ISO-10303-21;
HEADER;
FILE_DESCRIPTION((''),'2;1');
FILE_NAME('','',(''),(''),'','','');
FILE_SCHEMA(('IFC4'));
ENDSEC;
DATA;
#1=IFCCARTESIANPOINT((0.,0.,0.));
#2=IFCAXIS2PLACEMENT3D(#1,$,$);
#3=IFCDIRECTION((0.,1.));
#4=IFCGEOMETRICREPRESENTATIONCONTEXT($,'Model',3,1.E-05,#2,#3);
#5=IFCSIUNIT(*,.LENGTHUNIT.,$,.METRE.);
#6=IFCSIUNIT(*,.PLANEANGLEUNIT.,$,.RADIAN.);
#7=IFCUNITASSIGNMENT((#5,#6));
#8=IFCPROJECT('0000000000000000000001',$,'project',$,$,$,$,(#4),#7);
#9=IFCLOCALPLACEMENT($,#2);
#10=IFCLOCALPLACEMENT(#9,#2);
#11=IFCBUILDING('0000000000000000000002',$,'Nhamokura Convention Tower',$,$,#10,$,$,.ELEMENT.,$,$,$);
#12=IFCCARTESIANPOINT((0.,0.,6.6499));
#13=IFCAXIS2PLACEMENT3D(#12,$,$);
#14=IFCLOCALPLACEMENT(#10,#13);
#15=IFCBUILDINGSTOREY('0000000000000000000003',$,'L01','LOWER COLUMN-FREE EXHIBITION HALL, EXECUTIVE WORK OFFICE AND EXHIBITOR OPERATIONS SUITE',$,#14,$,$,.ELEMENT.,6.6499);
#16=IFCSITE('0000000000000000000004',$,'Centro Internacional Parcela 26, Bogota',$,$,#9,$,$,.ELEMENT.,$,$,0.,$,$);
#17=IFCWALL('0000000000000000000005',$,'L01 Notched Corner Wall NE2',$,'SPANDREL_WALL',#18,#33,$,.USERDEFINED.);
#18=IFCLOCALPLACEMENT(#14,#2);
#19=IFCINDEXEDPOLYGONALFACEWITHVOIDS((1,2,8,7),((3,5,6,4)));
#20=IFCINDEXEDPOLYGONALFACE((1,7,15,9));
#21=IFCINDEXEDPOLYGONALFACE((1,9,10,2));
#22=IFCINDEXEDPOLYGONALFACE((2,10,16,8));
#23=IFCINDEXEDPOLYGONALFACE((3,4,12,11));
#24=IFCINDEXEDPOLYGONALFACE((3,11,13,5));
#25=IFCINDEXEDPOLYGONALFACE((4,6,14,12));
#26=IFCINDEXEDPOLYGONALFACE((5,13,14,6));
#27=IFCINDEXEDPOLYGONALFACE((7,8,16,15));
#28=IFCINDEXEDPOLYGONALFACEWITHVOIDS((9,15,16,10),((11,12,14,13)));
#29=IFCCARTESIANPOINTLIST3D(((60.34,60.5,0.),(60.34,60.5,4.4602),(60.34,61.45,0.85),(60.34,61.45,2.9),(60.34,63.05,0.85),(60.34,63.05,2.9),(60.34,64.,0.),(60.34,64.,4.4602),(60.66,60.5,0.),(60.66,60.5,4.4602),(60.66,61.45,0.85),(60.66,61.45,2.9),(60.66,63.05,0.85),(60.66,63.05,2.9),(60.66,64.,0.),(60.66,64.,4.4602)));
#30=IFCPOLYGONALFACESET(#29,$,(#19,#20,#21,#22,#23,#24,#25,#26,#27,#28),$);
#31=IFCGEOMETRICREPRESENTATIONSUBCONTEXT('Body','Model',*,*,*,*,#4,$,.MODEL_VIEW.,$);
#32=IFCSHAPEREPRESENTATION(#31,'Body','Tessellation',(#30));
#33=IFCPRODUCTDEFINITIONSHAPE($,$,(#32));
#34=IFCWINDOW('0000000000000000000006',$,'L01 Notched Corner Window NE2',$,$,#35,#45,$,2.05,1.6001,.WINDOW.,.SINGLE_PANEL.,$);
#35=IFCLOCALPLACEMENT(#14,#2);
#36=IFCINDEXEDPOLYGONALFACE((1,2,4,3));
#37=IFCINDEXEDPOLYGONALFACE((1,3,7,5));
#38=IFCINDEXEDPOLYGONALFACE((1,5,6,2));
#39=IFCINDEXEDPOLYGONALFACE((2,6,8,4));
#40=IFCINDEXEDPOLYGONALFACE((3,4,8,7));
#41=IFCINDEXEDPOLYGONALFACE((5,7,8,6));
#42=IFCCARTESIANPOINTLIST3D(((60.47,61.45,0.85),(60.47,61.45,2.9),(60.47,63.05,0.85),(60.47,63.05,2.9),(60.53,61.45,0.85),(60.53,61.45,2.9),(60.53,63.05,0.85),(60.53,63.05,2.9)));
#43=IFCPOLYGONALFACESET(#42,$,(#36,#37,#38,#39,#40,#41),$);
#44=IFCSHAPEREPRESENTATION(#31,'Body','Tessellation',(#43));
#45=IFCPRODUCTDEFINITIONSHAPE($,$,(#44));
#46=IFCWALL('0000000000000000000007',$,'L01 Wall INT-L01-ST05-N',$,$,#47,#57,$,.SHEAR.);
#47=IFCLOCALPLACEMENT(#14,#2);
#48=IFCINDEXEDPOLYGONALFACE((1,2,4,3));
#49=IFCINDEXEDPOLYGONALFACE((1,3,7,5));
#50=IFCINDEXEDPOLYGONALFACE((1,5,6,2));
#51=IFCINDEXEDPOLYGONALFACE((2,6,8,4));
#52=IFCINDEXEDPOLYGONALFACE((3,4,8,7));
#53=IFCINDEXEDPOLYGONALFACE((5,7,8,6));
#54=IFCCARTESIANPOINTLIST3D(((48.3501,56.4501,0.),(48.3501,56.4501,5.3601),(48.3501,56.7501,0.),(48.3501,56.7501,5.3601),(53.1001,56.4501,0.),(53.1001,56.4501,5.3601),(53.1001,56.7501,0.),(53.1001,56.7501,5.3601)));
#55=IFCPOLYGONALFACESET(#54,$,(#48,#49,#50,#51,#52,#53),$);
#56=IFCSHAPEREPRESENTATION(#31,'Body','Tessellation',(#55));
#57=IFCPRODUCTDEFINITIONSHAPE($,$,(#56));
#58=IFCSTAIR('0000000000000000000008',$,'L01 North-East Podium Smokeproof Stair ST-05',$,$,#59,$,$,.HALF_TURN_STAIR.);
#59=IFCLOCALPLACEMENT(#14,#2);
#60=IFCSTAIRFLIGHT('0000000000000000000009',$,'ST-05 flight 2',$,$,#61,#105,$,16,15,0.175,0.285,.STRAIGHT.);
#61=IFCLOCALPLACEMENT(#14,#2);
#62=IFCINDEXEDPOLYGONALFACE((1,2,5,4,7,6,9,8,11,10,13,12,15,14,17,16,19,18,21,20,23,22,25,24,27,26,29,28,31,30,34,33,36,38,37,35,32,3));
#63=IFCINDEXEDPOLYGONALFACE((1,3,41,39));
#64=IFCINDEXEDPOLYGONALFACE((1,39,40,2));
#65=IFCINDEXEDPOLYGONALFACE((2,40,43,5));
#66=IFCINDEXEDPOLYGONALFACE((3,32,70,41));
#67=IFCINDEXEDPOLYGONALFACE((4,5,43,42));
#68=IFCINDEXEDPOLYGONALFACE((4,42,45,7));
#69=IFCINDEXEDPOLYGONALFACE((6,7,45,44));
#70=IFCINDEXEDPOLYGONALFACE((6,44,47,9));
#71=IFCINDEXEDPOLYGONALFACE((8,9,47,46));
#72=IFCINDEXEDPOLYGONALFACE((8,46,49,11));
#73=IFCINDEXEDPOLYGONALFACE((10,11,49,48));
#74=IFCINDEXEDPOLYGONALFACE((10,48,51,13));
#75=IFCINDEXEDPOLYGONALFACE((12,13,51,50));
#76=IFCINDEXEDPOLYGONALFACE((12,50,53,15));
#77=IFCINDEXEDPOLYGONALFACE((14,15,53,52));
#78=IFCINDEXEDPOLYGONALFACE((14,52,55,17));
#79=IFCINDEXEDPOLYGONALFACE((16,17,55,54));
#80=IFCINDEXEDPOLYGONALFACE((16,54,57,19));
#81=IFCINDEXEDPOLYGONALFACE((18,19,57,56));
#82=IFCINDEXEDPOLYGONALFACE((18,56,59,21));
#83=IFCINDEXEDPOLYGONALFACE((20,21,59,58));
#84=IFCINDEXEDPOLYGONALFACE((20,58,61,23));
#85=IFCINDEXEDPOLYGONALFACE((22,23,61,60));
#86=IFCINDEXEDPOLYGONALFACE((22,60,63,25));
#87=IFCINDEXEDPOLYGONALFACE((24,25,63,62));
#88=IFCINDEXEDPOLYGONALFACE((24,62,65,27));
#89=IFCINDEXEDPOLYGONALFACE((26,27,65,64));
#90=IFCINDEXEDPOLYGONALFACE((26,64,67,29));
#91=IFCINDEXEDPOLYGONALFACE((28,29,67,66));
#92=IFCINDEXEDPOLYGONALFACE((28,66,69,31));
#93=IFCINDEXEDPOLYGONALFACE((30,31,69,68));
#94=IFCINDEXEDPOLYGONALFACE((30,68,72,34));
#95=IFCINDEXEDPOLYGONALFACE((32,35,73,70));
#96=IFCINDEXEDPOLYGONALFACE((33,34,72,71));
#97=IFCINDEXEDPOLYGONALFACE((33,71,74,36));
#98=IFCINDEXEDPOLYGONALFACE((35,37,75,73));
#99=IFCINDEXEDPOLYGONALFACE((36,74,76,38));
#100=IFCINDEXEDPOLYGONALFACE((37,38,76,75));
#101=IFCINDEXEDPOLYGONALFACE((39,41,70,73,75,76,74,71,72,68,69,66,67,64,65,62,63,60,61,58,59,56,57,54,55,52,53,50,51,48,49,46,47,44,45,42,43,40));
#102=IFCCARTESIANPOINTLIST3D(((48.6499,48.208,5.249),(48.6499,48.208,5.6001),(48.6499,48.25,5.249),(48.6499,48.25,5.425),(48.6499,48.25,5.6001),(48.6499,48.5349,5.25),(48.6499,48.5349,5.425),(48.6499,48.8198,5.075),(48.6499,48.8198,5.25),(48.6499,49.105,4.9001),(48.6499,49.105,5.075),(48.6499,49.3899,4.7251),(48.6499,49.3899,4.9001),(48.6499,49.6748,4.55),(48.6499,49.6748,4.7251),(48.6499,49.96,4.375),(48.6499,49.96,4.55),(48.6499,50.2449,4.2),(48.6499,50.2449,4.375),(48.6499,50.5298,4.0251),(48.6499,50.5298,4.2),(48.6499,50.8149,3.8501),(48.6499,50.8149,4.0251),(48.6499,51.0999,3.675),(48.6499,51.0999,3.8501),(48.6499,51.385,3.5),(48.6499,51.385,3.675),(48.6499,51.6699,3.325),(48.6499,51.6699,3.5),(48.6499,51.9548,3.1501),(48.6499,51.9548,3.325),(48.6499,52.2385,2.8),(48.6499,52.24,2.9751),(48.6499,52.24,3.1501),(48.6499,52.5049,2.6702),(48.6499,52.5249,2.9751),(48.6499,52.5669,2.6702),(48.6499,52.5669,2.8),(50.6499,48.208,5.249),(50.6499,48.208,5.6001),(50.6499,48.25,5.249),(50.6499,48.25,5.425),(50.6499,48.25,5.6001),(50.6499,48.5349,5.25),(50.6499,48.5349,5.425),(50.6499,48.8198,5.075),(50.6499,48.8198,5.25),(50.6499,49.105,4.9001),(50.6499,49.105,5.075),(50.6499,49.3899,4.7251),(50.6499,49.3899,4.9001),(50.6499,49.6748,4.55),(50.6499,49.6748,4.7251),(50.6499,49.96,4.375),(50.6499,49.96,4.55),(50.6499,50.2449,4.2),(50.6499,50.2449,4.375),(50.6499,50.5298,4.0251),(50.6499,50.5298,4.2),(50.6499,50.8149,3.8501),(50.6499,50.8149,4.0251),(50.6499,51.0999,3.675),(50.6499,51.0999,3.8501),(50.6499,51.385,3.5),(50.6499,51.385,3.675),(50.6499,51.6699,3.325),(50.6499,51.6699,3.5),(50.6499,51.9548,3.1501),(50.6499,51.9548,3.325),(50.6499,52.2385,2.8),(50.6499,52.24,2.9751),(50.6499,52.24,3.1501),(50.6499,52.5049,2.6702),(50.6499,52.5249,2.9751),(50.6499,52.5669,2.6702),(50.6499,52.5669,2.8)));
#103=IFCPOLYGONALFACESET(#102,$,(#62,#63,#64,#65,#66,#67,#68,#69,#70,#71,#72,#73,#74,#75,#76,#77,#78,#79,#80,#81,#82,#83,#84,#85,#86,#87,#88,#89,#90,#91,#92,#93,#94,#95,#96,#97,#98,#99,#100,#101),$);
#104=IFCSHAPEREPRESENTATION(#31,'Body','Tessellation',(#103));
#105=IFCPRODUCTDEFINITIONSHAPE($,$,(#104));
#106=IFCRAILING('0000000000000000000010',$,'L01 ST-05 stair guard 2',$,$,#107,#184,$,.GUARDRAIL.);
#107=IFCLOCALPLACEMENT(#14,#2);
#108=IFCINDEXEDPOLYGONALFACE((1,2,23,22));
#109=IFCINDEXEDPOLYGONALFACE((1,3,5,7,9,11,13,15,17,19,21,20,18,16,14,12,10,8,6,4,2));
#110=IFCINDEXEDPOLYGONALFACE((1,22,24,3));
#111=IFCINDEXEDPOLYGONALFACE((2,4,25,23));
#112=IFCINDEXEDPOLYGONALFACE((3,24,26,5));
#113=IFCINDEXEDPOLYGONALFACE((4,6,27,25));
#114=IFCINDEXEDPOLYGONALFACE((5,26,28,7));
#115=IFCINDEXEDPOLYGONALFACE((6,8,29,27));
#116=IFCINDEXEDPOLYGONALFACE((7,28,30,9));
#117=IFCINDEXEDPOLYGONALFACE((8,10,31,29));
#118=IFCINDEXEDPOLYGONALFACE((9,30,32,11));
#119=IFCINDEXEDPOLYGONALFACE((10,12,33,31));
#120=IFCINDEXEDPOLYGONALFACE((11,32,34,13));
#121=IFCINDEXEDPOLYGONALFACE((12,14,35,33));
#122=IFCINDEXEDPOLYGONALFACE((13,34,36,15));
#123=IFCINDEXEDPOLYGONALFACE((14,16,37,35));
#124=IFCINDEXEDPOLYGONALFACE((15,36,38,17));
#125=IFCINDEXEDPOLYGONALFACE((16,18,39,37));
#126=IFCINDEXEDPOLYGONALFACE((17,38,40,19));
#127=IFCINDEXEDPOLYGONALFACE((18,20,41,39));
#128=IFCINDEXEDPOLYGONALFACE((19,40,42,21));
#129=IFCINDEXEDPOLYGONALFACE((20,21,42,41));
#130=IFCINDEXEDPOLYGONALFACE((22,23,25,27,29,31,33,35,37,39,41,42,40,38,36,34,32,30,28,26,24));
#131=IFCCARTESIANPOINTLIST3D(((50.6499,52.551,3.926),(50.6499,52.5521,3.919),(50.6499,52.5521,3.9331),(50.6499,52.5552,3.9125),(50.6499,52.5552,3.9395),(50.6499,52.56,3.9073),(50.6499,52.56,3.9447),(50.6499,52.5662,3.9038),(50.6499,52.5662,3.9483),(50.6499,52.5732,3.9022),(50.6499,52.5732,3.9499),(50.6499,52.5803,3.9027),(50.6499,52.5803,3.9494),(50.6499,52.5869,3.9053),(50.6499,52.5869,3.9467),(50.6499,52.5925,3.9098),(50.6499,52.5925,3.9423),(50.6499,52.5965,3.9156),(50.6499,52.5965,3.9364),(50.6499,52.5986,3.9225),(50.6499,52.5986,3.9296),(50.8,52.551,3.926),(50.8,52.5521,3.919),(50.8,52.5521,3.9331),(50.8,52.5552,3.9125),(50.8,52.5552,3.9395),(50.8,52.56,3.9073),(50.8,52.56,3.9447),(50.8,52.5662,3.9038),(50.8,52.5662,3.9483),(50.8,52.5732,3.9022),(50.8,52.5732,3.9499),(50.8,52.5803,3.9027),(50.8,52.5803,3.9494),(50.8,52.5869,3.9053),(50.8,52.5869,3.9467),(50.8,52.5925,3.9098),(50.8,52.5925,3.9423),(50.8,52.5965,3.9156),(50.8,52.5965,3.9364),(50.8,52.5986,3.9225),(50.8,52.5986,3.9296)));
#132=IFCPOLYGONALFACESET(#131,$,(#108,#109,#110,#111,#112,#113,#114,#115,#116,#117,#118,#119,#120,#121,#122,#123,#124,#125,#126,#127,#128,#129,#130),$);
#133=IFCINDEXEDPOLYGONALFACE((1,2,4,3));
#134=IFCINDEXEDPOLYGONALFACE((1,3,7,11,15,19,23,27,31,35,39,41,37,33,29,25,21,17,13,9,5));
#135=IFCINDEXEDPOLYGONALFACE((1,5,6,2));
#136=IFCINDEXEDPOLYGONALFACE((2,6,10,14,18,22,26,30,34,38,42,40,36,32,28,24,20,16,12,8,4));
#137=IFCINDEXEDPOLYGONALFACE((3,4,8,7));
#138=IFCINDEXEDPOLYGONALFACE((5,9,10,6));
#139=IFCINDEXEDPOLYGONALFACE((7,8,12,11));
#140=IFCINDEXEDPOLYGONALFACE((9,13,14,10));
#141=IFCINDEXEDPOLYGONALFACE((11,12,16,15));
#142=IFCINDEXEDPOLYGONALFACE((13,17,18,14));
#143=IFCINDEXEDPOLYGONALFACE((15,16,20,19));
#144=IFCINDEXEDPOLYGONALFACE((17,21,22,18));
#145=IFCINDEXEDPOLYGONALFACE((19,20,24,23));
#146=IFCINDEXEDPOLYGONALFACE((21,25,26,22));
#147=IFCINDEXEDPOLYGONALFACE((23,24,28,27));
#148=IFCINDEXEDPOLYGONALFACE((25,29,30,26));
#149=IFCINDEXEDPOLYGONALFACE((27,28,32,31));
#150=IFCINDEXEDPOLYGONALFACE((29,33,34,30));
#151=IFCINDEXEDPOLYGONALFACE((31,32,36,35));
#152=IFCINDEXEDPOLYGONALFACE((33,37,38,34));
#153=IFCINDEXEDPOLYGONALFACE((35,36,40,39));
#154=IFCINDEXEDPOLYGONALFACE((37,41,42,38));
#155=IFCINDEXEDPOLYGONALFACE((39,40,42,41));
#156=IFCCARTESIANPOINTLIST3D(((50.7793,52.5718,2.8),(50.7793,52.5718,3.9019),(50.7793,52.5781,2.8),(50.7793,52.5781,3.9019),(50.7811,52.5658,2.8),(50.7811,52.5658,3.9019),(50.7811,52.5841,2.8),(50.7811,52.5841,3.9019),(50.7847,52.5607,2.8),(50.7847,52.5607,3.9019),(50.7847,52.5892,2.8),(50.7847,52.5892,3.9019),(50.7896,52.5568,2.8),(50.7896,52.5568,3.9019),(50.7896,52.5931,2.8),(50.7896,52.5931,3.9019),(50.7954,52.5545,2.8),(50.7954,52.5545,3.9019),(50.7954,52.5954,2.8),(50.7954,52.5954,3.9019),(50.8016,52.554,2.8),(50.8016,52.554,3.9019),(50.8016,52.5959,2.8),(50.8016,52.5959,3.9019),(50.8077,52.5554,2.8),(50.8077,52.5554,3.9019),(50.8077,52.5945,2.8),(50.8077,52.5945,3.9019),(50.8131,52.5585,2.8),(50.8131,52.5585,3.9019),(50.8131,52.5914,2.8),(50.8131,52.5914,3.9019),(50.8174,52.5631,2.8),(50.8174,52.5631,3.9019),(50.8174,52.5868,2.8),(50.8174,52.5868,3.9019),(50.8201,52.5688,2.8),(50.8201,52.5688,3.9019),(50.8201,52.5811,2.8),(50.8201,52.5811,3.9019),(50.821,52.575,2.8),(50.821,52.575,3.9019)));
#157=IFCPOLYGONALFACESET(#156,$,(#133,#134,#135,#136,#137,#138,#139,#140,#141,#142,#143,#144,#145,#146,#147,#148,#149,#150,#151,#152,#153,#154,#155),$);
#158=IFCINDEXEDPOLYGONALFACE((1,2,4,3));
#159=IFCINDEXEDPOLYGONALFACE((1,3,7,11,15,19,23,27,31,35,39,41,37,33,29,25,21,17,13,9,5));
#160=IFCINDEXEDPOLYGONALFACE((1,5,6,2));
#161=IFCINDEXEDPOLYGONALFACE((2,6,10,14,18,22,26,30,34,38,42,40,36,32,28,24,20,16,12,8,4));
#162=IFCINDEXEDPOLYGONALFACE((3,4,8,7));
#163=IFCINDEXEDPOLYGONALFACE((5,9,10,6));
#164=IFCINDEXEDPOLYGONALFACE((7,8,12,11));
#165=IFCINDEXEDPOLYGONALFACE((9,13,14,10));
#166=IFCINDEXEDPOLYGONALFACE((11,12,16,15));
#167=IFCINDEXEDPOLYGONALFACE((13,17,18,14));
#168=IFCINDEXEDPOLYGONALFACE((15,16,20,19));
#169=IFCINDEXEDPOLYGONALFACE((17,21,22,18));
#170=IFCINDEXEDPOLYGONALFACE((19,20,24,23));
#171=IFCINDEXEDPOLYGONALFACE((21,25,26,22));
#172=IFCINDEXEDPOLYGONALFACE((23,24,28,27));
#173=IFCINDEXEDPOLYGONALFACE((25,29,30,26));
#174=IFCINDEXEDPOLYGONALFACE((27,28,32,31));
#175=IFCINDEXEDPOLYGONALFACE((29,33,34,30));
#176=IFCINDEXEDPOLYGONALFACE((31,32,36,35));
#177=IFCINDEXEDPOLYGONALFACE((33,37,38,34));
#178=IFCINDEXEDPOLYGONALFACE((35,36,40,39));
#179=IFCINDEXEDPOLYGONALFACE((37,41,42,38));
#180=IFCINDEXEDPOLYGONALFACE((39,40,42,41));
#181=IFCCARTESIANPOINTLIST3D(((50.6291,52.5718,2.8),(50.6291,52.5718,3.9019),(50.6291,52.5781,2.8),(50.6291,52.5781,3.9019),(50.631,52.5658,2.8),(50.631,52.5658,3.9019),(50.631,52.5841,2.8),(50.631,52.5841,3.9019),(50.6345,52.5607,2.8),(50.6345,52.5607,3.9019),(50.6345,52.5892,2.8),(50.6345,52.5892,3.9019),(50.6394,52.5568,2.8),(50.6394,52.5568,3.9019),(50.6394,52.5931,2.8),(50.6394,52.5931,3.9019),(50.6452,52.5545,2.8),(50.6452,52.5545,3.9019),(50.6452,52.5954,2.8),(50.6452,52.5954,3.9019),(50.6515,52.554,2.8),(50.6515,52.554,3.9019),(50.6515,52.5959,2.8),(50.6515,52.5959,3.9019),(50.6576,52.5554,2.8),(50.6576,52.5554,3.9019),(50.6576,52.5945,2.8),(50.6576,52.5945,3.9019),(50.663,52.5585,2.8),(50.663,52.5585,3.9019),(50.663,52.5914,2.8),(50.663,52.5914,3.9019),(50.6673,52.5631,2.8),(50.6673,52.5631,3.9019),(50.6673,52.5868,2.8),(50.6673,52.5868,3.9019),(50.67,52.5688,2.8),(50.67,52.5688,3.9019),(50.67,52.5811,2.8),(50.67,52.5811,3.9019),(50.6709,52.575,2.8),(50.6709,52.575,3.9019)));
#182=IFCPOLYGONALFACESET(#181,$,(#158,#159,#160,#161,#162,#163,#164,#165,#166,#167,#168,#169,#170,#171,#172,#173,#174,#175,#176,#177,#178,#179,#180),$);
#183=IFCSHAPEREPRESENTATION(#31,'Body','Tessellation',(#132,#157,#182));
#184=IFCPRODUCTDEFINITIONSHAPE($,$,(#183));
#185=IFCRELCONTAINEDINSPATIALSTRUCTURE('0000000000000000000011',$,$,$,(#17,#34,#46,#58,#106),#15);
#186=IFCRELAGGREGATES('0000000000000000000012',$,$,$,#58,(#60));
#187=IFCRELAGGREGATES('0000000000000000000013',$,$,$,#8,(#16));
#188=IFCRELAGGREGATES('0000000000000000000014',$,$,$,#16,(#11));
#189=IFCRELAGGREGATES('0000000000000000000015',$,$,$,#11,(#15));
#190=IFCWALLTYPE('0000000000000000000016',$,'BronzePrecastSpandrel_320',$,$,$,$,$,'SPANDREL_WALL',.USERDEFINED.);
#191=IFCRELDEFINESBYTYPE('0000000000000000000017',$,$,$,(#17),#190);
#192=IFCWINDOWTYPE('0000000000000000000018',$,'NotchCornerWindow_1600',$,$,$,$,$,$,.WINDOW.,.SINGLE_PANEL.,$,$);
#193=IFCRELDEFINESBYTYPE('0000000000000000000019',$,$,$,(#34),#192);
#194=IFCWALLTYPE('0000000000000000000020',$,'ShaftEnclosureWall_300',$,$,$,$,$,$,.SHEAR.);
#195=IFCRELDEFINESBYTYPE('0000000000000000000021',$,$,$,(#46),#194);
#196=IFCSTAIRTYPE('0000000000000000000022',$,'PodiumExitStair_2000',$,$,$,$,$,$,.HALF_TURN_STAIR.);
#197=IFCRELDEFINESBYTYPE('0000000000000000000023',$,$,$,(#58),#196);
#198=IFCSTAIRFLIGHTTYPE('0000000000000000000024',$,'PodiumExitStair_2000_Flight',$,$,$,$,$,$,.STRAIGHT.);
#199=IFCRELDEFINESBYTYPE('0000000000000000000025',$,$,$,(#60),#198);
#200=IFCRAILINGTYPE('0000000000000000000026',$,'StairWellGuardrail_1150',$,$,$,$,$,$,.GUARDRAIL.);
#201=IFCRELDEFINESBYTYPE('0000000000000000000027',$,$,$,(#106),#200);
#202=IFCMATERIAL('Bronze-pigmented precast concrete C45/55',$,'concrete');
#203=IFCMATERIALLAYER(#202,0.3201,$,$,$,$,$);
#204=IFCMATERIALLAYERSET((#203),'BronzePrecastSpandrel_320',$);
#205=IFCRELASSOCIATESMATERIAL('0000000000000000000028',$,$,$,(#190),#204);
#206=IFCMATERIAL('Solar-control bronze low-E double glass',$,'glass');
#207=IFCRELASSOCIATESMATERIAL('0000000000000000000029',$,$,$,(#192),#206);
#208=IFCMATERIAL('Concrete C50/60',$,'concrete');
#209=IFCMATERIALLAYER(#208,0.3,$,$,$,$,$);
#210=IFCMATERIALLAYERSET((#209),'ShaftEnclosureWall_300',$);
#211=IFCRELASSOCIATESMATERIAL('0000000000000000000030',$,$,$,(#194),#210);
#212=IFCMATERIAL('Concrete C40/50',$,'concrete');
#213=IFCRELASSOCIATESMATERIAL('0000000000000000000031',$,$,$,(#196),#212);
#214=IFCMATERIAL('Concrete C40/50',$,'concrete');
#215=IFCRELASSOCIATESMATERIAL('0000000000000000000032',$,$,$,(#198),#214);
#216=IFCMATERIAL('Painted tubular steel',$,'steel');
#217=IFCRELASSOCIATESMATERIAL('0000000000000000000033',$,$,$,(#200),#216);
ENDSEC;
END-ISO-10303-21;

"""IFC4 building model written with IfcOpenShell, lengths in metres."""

from ifc_helpers import new_model, si_unit, direction, frame, frame_2d, origin, origin_2d, place, context, subcontext, project, spatial, polyline, rectangle, circle, outline, extrude, material, layer, layer_set, type_object, element, fill, aggregate, save


model = new_model("IFC4")

# Units and contexts
model_context = context("Model", 3, precision=1e-05, world=origin(), true_north=direction((0.0, 1.0)))
body_context = subcontext(model_context, "Body", "Model", "MODEL_VIEW")
ifc_project = project(units=[si_unit("LENGTHUNIT", "METRE"), si_unit("PLANEANGLEUNIT", "RADIAN")], contexts=[model_context])

# Site, building, storey
site_placement = place(None, origin())
site = spatial("IfcSite", under=ifc_project, at=site_placement, Name="Centro Internacional Parcela 26, Bogota", CompositionType="ELEMENT", RefElevation=0.0)
building_placement = place(site_placement, origin())
building = spatial("IfcBuilding", under=site, at=building_placement, Name="Nhamokura Convention Tower", CompositionType="ELEMENT")
storey_placement = place(building_placement, frame((0.0, 0.0, 6.6499)))
storey = spatial("IfcBuildingStorey", under=building, at=storey_placement, Name="L01", Description="LOWER COLUMN-FREE EXHIBITION HALL, EXECUTIVE WORK OFFICE AND EXHIBITOR OPERATIONS SUITE", CompositionType="ELEMENT", Elevation=6.6499)

# Shared definitions
ifc_material_1 = material(Name="Bronze-pigmented precast concrete C45/55", Category="concrete")
ifc_layer_1 = layer(ifc_material_1, 0.3201)
ifc_layer_set_1 = layer_set([ifc_layer_1], Name="BronzePrecastSpandrel_320")
wall_type_1 = type_object("IfcWallType", Name="BronzePrecastSpandrel_320", ElementType="SPANDREL_WALL", PredefinedType="USERDEFINED", material=ifc_layer_set_1)

# Wall, opening, window
ifc_material_2 = material(Name="Solar-control bronze low-E double glass", Category="glass")
window_type = type_object("IfcWindowType", Name="NotchCornerWindow_1600", PartitioningType="SINGLE_PANEL", PredefinedType="WINDOW", material=ifc_material_2)
wall_1_placement = place(storey_placement, frame((60.5, 64.0, 0.0), z_axis=(0.0, 0.0, 1.0), x_axis=(0.0, -1.0, 0.0)))
wall_1 = element("IfcWall", 1, at=wall_1_placement, inside=storey, type_object=wall_type_1, Name="L01 Notched Corner Wall NE2", ObjectType="SPANDREL_WALL", PredefinedType="USERDEFINED", context=body_context, shape_type="SweptSolid", body=[
    extrude(rectangle(XDim=3.5, YDim=0.3201, at=frame_2d((1.75, 0.0))), origin(), (0.0, 0.0, 1.0), 4.4602),
])
opening_1_placement = place(wall_1_placement, frame((0.95, 0.0, 0.8501)))
opening_1 = element("IfcOpeningElement", 2, at=opening_1_placement, cuts=wall_1, PredefinedType="OPENING", context=body_context, shape_type="SweptSolid", body=[
    extrude(rectangle(XDim=1.6001, YDim=2.05, at=frame_2d((0.8, 1.0249))), frame((0.0, 0.1699, 0.0), z_axis=(0.0, -1.0, 0.0), x_axis=(1.0, 0.0, 0.0)), (0.0, 0.0, 1.0), 0.3401),
])
window_1_placement = place(opening_1_placement, origin())
window_1 = element("IfcWindow", 3, at=window_1_placement, inside=storey, type_object=window_type, Name="L01 Notched Corner Window NE2", OverallHeight=2.05, OverallWidth=1.6001, PartitioningType="SINGLE_PANEL", PredefinedType="WINDOW", context=body_context, shape_type="SweptSolid", body=[
    extrude(rectangle(XDim=1.6001, YDim=2.05, at=frame_2d((0.8, 1.0249))), frame((0.0, 0.03, 0.0), z_axis=(0.0, -1.0, 0.0), x_axis=(1.0, 0.0, 0.0)), (0.0, 0.0, 1.0), 0.0601),
])
fill(opening_1, window_1)

# Wall
ifc_material_3 = material(Name="Concrete C50/60", Category="concrete")
ifc_layer_2 = layer(ifc_material_3, 0.3)
ifc_layer_set_2 = layer_set([ifc_layer_2], Name="ShaftEnclosureWall_300")
wall_type_2 = type_object("IfcWallType", Name="ShaftEnclosureWall_300", PredefinedType="SHEAR", material=ifc_layer_set_2)
wall_2_placement = place(storey_placement, frame((48.3501, 56.6001, 0.0), z_axis=(0.0, 0.0, 1.0), x_axis=(1.0, 0.0, 0.0)))
element("IfcWall", 4, at=wall_2_placement, inside=storey, type_object=wall_type_2, Name="L01 Wall INT-L01-ST05-N", PredefinedType="SHEAR", context=body_context, shape_type="SweptSolid", body=[
    extrude(rectangle(XDim=4.75, YDim=0.3, at=frame_2d((2.375, 0.0))), origin(), (0.0, 0.0, 1.0), 5.3601),
])

# Stair, stair flight
ifc_material_4 = material(Name="Concrete C40/50", Category="concrete")
stair_type = type_object("IfcStairType", Name="PodiumExitStair_2000", PredefinedType="HALF_TURN_STAIR", material=ifc_material_4)
stair_placement = place(storey_placement, origin())
stair = element("IfcStair", 5, at=stair_placement, inside=storey, type_object=stair_type, Name="L01 North-East Podium Smokeproof Stair ST-05", PredefinedType="HALF_TURN_STAIR")
ifc_material_5 = material(Name="Concrete C40/50", Category="concrete")
stair_flight_type = type_object("IfcStairFlightType", Name="PodiumExitStair_2000_Flight", PredefinedType="STRAIGHT", material=ifc_material_5)
stair_flight_placement = place(storey_placement, frame((49.6499, 52.5249, 2.8), z_axis=(0.0, 0.0, 1.0), x_axis=(0.0, -1.0, 0.0)))
stair_flight = element("IfcStairFlight", 6, at=stair_flight_placement, type_object=stair_flight_type, Name="ST-05 flight 2", NumberOfRisers=16, NumberOfTreads=15, PredefinedType="STRAIGHT", RiserHeight=0.175, TreadLength=0.285, context=body_context, shape_type="SweptSolid", body=[
    extrude(outline(polyline([(-0.042, 0.0), (0.0, 0.175), (0.2849, 0.175), (0.2849, 0.3501), (0.5701, 0.3501), (0.5701, 0.5249), (0.855, 0.5249), (0.855, 0.7), (1.1399, 0.7), (1.1399, 0.875), (1.425, 0.875), (1.425, 1.05), (1.71, 1.05), (1.71, 1.2251), (1.9951, 1.2251), (1.9951, 1.3999), (2.28, 1.3999), (2.28, 1.575), (2.5649, 1.575), (2.5649, 1.75), (2.8501, 1.75), (2.8501, 1.925), (3.135, 1.925), (3.135, 2.1001), (3.4199, 2.1001), (3.4199, 2.2749), (3.7051, 2.2749), (3.7051, 2.45), (3.99, 2.45), (3.99, 2.625), (4.2749, 2.625), (4.2749, 2.8), (4.3169, 2.8), (4.3169, 2.449), (4.2749, 2.449), (0.2864, 0.0), (0.02, -0.1299), (-0.042, -0.1299), (-0.042, 0.0)])), frame((0.0, 1.0, 0.0), z_axis=(0.0, -1.0, 0.0), x_axis=(1.0, 0.0, 0.0)), (0.0, 0.0, 1.0), 2.0),
])
aggregate(stair, [stair_flight])

# Railing
ifc_material_6 = material(Name="Painted tubular steel", Category="steel")
railing_type = type_object("IfcRailingType", Name="StairWellGuardrail_1150", PredefinedType="GUARDRAIL", material=ifc_material_6)
railing_1_placement = place(storey_placement, frame((50.8, 52.575, 2.8)))
element("IfcRailing", 7, at=railing_1_placement, inside=storey, type_object=railing_type, Name="L01 ST-05 stair guard 2", PredefinedType="GUARDRAIL", context=body_context, shape_type="SweptSolid", body=[
    extrude(circle(Radius=0.0239, at=origin_2d()), frame((0.0, 0.0, 1.126), z_axis=(-1.0, 0.0, 0.0), x_axis=(0.0, -1.0, 0.0)), (0.0, 0.0, 1.0), 0.1501),
    extrude(circle(Radius=0.021, at=origin_2d()), origin(), (0.0, 0.0, 1.0), 1.1018),
    extrude(circle(Radius=0.021, at=origin_2d()), frame((-0.1501, 0.0, 0.0)), (0.0, 0.0, 1.0), 1.1018),
])

save(model, "model.ifc")
